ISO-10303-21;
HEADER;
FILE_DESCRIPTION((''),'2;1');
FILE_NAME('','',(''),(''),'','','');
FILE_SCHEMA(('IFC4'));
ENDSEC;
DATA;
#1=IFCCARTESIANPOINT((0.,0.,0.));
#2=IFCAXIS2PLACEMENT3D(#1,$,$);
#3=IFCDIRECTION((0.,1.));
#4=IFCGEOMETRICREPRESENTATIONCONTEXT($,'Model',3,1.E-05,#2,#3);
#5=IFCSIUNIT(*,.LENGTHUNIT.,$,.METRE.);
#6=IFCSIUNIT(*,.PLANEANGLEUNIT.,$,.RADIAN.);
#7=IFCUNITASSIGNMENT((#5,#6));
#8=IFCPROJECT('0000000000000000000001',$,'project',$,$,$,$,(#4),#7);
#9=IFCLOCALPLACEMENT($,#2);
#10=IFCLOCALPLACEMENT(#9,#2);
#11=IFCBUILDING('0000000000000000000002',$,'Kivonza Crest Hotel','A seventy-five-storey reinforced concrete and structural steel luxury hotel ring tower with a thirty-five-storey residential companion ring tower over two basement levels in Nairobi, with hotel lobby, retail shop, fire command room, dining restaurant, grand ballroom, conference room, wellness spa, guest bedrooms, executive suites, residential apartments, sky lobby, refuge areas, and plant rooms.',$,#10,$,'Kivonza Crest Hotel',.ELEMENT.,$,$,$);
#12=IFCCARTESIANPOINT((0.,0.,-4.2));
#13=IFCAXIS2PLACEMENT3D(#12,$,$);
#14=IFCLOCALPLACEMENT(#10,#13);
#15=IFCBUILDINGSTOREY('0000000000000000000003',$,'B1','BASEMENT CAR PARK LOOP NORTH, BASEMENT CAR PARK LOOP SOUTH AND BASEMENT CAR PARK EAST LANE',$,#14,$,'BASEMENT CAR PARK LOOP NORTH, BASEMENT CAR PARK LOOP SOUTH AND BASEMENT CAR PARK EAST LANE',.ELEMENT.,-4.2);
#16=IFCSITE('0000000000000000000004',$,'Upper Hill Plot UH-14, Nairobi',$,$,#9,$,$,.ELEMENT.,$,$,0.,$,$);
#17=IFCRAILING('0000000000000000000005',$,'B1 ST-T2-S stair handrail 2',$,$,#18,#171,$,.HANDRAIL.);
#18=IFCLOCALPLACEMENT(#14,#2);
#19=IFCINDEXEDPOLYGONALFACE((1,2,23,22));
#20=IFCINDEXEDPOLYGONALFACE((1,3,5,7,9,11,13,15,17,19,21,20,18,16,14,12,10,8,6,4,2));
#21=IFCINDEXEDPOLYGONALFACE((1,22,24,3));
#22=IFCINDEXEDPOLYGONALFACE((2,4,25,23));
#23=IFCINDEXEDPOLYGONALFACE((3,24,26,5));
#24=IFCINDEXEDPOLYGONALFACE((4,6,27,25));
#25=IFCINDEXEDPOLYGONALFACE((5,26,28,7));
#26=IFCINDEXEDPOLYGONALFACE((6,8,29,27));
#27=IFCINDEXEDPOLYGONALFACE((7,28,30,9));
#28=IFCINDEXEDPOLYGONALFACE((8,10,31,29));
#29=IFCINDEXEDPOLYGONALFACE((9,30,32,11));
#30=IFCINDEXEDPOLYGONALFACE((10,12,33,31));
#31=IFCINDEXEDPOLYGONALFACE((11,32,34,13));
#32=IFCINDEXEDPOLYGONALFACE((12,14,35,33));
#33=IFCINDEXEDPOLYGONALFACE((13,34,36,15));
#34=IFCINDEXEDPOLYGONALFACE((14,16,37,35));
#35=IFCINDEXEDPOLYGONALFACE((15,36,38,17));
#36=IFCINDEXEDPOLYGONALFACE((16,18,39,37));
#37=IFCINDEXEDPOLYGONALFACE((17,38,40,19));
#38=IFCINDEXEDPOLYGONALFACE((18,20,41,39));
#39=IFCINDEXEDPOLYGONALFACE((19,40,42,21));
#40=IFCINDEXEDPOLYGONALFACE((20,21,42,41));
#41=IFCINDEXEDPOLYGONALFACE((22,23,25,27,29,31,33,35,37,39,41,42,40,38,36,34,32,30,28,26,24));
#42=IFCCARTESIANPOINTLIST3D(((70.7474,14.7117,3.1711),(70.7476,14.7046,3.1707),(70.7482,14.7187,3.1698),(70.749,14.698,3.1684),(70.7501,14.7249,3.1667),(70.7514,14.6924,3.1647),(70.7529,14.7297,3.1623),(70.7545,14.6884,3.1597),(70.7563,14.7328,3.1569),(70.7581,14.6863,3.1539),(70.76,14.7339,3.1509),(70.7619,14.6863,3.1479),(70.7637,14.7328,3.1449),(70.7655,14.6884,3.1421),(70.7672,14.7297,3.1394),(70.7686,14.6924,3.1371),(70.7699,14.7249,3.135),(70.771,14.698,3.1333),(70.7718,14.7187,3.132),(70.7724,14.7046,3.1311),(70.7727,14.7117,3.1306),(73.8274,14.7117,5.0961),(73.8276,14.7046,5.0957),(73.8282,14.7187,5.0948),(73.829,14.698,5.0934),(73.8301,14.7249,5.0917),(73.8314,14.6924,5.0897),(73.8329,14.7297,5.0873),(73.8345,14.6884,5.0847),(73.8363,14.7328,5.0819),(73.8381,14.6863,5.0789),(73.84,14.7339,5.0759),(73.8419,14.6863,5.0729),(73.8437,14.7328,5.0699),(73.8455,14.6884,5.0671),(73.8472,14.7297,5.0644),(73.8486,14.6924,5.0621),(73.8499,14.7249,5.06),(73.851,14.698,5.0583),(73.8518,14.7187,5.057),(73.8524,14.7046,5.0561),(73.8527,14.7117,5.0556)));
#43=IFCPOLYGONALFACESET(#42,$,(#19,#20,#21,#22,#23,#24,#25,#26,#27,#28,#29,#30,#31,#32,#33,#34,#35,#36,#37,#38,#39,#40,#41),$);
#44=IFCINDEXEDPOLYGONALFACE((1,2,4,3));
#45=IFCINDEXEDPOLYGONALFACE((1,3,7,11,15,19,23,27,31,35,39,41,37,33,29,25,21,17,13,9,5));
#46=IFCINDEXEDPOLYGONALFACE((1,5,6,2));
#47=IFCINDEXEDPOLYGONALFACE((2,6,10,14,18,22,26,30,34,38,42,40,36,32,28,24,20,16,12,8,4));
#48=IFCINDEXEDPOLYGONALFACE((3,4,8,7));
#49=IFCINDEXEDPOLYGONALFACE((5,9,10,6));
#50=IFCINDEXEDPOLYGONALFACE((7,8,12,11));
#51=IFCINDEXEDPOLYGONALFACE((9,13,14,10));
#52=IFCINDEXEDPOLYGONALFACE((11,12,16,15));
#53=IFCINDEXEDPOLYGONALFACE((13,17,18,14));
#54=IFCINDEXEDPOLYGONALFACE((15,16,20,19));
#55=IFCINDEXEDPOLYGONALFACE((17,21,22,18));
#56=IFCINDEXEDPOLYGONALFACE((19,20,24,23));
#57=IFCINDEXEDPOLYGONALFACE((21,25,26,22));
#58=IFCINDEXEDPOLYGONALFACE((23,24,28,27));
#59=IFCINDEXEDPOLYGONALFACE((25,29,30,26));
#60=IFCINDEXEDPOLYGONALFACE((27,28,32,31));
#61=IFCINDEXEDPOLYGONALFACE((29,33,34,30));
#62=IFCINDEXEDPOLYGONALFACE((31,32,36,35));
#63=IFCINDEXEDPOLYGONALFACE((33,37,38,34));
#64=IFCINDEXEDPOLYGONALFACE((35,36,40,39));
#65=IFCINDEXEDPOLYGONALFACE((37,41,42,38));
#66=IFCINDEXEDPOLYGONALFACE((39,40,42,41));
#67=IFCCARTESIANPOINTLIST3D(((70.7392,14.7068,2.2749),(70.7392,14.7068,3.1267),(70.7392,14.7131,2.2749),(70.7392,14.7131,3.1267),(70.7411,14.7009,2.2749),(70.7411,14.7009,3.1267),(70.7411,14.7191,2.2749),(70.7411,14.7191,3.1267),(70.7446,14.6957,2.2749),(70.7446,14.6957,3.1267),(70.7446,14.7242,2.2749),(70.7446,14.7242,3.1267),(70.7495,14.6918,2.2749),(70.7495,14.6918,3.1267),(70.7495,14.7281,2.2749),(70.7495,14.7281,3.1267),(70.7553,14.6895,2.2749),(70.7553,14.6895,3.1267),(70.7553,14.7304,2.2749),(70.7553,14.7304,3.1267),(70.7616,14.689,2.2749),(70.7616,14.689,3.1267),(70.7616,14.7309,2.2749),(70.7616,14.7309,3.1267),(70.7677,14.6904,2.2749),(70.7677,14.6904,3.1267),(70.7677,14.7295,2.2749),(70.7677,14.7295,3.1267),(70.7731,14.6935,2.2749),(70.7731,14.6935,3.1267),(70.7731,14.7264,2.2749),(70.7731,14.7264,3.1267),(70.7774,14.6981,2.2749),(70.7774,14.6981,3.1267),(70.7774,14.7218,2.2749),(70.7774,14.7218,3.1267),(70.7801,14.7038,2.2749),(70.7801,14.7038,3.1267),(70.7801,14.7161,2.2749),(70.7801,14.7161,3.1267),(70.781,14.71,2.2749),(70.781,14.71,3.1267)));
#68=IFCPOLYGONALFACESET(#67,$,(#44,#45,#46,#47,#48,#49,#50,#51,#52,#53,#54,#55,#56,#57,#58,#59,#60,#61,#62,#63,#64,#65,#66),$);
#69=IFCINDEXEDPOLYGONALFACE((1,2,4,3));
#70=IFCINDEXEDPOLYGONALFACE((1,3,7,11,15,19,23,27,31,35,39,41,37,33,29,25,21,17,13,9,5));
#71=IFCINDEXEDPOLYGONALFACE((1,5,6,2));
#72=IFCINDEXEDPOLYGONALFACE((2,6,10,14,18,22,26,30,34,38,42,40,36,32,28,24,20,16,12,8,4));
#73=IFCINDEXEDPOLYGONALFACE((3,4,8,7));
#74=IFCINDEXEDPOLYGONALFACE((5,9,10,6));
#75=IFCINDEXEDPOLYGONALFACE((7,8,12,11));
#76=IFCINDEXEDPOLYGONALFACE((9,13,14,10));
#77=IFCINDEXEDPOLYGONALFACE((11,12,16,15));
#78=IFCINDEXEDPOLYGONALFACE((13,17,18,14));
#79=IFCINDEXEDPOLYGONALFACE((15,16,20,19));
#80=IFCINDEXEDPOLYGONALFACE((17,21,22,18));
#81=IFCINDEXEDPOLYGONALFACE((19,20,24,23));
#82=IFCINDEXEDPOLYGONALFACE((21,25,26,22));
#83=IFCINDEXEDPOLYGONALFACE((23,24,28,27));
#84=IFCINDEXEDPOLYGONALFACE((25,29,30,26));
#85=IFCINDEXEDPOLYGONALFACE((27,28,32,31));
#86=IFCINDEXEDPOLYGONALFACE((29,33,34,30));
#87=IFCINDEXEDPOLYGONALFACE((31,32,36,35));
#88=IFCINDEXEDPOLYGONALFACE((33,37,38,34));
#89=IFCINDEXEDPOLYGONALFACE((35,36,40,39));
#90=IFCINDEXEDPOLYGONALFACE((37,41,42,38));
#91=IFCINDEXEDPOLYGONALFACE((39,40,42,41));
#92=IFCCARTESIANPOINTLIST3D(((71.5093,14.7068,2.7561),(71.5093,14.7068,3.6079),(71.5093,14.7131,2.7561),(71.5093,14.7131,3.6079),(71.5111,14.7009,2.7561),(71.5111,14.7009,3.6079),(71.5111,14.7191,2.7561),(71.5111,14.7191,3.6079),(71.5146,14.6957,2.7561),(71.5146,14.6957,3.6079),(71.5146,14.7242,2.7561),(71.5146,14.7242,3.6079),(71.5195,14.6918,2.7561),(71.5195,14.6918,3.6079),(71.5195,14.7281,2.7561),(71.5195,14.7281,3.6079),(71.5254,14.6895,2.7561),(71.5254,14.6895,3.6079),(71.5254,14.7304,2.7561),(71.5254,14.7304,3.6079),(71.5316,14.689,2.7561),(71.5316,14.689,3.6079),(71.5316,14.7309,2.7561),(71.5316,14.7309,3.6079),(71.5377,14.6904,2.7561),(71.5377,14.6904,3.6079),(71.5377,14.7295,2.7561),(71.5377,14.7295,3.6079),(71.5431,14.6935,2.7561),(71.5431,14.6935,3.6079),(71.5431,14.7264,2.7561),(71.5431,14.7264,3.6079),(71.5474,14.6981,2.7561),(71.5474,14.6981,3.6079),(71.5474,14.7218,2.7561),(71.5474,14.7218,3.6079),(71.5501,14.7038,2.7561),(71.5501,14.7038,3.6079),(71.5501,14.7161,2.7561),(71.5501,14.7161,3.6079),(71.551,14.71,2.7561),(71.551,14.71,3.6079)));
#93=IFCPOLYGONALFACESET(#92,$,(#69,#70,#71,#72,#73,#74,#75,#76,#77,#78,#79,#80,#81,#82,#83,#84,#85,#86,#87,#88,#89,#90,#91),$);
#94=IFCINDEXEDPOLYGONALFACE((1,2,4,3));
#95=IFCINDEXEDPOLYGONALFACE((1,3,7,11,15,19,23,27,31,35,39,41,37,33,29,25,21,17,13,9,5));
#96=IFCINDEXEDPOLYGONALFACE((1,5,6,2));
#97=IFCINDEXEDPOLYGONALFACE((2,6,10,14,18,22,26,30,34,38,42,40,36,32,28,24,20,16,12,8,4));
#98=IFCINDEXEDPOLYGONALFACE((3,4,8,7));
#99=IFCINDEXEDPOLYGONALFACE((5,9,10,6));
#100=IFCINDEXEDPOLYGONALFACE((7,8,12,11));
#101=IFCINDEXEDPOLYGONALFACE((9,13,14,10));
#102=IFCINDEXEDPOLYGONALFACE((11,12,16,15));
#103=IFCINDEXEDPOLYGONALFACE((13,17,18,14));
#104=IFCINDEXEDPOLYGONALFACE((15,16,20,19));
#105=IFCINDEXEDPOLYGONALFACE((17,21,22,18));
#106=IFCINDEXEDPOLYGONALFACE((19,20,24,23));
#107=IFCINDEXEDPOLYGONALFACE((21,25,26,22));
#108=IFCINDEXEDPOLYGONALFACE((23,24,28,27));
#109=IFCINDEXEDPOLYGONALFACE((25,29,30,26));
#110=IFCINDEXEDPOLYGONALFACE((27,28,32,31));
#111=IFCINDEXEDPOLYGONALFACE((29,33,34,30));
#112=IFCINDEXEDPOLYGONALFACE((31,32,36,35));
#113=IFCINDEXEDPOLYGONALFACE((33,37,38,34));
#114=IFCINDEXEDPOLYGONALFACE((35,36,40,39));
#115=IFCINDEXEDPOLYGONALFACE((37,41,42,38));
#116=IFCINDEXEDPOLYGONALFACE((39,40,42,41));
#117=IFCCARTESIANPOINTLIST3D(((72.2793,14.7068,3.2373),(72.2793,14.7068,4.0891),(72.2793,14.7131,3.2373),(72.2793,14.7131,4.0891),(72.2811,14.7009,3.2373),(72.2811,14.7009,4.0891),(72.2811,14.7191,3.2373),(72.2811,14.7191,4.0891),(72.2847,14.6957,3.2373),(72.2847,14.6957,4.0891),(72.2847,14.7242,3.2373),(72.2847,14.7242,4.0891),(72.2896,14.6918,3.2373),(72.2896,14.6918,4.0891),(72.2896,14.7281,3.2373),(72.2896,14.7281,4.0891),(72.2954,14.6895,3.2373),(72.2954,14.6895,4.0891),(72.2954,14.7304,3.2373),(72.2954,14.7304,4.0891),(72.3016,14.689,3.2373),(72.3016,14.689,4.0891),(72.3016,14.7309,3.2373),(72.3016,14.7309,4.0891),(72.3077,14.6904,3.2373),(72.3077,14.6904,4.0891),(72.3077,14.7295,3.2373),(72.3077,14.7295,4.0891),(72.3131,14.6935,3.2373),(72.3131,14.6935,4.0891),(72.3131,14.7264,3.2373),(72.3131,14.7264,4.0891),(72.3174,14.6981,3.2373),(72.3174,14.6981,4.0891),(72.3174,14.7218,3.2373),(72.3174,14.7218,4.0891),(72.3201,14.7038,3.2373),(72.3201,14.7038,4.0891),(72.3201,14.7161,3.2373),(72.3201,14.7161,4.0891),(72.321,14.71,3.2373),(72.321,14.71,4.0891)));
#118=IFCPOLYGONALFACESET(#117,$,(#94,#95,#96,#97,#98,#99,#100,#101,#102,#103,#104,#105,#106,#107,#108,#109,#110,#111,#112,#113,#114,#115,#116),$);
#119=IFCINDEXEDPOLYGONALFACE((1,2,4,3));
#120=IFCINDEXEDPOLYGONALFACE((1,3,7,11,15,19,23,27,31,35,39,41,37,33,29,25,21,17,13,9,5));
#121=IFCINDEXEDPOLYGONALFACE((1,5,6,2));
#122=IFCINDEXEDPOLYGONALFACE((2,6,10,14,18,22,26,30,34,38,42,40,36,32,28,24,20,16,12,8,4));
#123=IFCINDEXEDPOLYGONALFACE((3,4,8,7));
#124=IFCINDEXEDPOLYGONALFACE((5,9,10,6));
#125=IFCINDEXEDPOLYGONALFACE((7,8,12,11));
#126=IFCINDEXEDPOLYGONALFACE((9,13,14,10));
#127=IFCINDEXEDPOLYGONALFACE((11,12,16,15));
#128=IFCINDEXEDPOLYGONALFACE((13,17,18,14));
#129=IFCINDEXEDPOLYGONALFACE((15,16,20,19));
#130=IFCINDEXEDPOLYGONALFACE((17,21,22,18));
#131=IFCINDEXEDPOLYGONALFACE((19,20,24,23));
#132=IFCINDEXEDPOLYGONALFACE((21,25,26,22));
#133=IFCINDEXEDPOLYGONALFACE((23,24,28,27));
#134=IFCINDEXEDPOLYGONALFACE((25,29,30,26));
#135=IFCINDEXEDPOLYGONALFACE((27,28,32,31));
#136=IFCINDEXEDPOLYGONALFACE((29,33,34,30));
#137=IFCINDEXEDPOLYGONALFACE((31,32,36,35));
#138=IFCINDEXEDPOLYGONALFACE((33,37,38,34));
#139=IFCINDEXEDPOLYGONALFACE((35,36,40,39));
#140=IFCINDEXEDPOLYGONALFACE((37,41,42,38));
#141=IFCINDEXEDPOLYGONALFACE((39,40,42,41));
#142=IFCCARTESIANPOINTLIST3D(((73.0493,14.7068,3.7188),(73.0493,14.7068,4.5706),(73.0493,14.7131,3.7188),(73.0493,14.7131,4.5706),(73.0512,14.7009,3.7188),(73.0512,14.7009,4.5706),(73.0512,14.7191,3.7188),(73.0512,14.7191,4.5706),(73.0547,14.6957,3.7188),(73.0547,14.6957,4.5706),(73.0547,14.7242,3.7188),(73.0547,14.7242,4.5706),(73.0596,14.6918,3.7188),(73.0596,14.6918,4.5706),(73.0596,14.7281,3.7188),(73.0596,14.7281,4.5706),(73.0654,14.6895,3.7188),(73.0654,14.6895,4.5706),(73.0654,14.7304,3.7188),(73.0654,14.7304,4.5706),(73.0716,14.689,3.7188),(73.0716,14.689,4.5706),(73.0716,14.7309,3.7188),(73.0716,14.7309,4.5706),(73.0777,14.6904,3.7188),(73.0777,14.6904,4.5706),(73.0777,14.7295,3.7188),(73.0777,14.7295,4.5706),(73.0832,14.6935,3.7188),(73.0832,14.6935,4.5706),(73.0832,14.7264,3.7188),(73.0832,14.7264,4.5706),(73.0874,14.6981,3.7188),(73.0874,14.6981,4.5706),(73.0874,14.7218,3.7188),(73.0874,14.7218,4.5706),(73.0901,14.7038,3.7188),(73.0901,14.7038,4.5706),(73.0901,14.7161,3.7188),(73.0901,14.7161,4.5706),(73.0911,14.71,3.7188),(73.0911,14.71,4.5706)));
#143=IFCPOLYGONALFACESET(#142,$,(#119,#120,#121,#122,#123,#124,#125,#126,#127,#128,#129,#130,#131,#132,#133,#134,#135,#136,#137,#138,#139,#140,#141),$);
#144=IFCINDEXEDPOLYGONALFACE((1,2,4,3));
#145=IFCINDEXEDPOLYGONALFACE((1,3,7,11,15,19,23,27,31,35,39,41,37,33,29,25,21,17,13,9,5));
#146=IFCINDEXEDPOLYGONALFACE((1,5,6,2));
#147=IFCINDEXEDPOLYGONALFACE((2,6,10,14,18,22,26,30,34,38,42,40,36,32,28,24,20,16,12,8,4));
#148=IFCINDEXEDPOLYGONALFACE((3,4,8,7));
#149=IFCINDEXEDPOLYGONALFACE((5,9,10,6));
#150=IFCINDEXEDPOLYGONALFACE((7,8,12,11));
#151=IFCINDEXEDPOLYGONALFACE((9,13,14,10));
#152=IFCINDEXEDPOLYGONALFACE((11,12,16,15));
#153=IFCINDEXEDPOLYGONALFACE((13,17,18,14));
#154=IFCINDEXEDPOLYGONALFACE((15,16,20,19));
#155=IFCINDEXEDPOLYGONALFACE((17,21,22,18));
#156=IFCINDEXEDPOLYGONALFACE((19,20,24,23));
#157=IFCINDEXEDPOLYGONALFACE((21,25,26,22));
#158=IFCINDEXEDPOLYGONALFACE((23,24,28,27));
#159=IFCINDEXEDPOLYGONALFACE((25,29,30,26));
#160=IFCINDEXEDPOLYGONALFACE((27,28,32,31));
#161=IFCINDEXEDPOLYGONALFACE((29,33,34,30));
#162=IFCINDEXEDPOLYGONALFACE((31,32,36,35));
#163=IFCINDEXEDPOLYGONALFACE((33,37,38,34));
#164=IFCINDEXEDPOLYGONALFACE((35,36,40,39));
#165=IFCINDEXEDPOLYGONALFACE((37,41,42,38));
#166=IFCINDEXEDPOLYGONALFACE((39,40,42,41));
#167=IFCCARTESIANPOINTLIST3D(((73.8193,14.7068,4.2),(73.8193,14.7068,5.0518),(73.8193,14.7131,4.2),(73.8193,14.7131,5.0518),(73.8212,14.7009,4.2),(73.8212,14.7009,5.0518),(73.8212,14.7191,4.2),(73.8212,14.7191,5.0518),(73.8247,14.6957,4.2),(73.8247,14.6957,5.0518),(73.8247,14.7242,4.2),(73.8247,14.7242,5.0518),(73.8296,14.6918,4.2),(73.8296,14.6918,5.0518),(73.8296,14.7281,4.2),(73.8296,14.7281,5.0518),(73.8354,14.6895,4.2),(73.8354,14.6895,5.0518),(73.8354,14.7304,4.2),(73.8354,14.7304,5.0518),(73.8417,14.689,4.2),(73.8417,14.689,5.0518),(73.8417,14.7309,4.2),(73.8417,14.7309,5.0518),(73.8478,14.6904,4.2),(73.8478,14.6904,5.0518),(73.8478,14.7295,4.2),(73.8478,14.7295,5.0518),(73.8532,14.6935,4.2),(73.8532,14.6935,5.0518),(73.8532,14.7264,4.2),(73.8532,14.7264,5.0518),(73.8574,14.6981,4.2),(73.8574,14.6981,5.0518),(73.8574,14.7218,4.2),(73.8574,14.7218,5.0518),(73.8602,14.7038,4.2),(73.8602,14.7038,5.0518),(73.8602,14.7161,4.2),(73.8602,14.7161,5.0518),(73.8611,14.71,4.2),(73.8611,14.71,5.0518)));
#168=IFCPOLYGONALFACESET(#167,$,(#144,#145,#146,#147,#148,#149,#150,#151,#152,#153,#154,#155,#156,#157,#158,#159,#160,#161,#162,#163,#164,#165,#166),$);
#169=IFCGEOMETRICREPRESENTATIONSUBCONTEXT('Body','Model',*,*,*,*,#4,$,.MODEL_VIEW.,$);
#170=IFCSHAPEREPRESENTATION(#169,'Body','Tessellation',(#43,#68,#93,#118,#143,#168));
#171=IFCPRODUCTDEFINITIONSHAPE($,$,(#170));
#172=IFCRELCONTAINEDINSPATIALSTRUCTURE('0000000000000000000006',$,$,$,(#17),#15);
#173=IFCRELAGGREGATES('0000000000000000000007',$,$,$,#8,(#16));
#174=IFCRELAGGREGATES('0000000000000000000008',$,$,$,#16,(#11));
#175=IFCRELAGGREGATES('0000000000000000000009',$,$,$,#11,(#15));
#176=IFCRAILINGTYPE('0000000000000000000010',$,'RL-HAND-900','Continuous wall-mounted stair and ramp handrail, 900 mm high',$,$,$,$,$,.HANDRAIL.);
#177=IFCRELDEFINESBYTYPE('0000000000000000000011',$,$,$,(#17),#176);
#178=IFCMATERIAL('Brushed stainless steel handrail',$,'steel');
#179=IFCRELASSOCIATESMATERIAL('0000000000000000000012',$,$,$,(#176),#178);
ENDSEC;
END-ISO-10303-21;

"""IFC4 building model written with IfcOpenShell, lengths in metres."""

from ifc_helpers import new_model, si_unit, direction, frame, origin, origin_2d, place, context, subcontext, project, spatial, circle, extrude, material, type_object, element, save


model = new_model("IFC4")

# Units and contexts
model_context = context("Model", 3, precision=1e-05, world=origin(), true_north=direction((0.0, 1.0)))
body_context = subcontext(model_context, "Body", "Model", "MODEL_VIEW")
ifc_project = project(units=[si_unit("LENGTHUNIT", "METRE"), si_unit("PLANEANGLEUNIT", "RADIAN")], contexts=[model_context])

# Site, building, storey
site_placement = place(None, origin())
site = spatial("IfcSite", under=ifc_project, at=site_placement, Name="Upper Hill Plot UH-14, Nairobi", CompositionType="ELEMENT", RefElevation=0.0)
building_placement = place(site_placement, origin())
building = spatial("IfcBuilding", under=site, at=building_placement, Name="Kivonza Crest Hotel", Description="A seventy-five-storey reinforced concrete and structural steel luxury hotel ring tower with a thirty-five-storey residential companion ring tower over two basement levels in Nairobi, with hotel lobby, retail shop, fire command room, dining restaurant, grand ballroom, conference room, wellness spa, guest bedrooms, executive suites, residential apartments, sky lobby, refuge areas, and plant rooms.", LongName="Kivonza Crest Hotel", CompositionType="ELEMENT")
storey_placement = place(building_placement, frame((0.0, 0.0, -4.2)))
storey = spatial("IfcBuildingStorey", under=building, at=storey_placement, Name="B1", Description="BASEMENT CAR PARK LOOP NORTH, BASEMENT CAR PARK LOOP SOUTH AND BASEMENT CAR PARK EAST LANE", LongName="BASEMENT CAR PARK LOOP NORTH, BASEMENT CAR PARK LOOP SOUTH AND BASEMENT CAR PARK EAST LANE", CompositionType="ELEMENT", Elevation=-4.2)

# Railing
ifc_material_1 = material(Name="Brushed stainless steel handrail", Category="steel")
railing_type_1 = type_object("IfcRailingType", Name="RL-HAND-900", Description="Continuous wall-mounted stair and ramp handrail, 900 mm high", PredefinedType="HANDRAIL", material=ifc_material_1)
railing_1_placement = place(storey_placement, frame((70.76, 14.71, 2.2749)))
element("IfcRailing", 1, at=railing_1_placement, inside=storey, type_object=railing_type_1, Name="B1 ST-T2-S stair handrail 2", PredefinedType="HANDRAIL", context=body_context, shape_type="SweptSolid", body=[
    extrude(circle(Radius=0.0239, at=origin_2d()), frame((0.0, 0.0, 0.876), z_axis=(0.847998, 0.0, 0.529999), x_axis=(0.0, 1.0, 0.0)), (0.0, 0.0, 1.0), 3.6321),
    extrude(circle(Radius=0.021, at=origin_2d()), origin(), (0.0, 0.0, 1.0), 0.8518),
    extrude(circle(Radius=0.021, at=origin_2d()), frame((0.77, 0.0, 0.4812)), (0.0, 0.0, 1.0), 0.8518),
    extrude(circle(Radius=0.021, at=origin_2d()), frame((1.54, 0.0, 0.9624)), (0.0, 0.0, 1.0), 0.8518),
    extrude(circle(Radius=0.021, at=origin_2d()), frame((2.3101, 0.0, 1.4438)), (0.0, 0.0, 1.0), 0.8518),
    extrude(circle(Radius=0.021, at=origin_2d()), frame((3.0801, 0.0, 1.925)), (0.0, 0.0, 1.0), 0.8518),
])

save(model, "model.ifc")
